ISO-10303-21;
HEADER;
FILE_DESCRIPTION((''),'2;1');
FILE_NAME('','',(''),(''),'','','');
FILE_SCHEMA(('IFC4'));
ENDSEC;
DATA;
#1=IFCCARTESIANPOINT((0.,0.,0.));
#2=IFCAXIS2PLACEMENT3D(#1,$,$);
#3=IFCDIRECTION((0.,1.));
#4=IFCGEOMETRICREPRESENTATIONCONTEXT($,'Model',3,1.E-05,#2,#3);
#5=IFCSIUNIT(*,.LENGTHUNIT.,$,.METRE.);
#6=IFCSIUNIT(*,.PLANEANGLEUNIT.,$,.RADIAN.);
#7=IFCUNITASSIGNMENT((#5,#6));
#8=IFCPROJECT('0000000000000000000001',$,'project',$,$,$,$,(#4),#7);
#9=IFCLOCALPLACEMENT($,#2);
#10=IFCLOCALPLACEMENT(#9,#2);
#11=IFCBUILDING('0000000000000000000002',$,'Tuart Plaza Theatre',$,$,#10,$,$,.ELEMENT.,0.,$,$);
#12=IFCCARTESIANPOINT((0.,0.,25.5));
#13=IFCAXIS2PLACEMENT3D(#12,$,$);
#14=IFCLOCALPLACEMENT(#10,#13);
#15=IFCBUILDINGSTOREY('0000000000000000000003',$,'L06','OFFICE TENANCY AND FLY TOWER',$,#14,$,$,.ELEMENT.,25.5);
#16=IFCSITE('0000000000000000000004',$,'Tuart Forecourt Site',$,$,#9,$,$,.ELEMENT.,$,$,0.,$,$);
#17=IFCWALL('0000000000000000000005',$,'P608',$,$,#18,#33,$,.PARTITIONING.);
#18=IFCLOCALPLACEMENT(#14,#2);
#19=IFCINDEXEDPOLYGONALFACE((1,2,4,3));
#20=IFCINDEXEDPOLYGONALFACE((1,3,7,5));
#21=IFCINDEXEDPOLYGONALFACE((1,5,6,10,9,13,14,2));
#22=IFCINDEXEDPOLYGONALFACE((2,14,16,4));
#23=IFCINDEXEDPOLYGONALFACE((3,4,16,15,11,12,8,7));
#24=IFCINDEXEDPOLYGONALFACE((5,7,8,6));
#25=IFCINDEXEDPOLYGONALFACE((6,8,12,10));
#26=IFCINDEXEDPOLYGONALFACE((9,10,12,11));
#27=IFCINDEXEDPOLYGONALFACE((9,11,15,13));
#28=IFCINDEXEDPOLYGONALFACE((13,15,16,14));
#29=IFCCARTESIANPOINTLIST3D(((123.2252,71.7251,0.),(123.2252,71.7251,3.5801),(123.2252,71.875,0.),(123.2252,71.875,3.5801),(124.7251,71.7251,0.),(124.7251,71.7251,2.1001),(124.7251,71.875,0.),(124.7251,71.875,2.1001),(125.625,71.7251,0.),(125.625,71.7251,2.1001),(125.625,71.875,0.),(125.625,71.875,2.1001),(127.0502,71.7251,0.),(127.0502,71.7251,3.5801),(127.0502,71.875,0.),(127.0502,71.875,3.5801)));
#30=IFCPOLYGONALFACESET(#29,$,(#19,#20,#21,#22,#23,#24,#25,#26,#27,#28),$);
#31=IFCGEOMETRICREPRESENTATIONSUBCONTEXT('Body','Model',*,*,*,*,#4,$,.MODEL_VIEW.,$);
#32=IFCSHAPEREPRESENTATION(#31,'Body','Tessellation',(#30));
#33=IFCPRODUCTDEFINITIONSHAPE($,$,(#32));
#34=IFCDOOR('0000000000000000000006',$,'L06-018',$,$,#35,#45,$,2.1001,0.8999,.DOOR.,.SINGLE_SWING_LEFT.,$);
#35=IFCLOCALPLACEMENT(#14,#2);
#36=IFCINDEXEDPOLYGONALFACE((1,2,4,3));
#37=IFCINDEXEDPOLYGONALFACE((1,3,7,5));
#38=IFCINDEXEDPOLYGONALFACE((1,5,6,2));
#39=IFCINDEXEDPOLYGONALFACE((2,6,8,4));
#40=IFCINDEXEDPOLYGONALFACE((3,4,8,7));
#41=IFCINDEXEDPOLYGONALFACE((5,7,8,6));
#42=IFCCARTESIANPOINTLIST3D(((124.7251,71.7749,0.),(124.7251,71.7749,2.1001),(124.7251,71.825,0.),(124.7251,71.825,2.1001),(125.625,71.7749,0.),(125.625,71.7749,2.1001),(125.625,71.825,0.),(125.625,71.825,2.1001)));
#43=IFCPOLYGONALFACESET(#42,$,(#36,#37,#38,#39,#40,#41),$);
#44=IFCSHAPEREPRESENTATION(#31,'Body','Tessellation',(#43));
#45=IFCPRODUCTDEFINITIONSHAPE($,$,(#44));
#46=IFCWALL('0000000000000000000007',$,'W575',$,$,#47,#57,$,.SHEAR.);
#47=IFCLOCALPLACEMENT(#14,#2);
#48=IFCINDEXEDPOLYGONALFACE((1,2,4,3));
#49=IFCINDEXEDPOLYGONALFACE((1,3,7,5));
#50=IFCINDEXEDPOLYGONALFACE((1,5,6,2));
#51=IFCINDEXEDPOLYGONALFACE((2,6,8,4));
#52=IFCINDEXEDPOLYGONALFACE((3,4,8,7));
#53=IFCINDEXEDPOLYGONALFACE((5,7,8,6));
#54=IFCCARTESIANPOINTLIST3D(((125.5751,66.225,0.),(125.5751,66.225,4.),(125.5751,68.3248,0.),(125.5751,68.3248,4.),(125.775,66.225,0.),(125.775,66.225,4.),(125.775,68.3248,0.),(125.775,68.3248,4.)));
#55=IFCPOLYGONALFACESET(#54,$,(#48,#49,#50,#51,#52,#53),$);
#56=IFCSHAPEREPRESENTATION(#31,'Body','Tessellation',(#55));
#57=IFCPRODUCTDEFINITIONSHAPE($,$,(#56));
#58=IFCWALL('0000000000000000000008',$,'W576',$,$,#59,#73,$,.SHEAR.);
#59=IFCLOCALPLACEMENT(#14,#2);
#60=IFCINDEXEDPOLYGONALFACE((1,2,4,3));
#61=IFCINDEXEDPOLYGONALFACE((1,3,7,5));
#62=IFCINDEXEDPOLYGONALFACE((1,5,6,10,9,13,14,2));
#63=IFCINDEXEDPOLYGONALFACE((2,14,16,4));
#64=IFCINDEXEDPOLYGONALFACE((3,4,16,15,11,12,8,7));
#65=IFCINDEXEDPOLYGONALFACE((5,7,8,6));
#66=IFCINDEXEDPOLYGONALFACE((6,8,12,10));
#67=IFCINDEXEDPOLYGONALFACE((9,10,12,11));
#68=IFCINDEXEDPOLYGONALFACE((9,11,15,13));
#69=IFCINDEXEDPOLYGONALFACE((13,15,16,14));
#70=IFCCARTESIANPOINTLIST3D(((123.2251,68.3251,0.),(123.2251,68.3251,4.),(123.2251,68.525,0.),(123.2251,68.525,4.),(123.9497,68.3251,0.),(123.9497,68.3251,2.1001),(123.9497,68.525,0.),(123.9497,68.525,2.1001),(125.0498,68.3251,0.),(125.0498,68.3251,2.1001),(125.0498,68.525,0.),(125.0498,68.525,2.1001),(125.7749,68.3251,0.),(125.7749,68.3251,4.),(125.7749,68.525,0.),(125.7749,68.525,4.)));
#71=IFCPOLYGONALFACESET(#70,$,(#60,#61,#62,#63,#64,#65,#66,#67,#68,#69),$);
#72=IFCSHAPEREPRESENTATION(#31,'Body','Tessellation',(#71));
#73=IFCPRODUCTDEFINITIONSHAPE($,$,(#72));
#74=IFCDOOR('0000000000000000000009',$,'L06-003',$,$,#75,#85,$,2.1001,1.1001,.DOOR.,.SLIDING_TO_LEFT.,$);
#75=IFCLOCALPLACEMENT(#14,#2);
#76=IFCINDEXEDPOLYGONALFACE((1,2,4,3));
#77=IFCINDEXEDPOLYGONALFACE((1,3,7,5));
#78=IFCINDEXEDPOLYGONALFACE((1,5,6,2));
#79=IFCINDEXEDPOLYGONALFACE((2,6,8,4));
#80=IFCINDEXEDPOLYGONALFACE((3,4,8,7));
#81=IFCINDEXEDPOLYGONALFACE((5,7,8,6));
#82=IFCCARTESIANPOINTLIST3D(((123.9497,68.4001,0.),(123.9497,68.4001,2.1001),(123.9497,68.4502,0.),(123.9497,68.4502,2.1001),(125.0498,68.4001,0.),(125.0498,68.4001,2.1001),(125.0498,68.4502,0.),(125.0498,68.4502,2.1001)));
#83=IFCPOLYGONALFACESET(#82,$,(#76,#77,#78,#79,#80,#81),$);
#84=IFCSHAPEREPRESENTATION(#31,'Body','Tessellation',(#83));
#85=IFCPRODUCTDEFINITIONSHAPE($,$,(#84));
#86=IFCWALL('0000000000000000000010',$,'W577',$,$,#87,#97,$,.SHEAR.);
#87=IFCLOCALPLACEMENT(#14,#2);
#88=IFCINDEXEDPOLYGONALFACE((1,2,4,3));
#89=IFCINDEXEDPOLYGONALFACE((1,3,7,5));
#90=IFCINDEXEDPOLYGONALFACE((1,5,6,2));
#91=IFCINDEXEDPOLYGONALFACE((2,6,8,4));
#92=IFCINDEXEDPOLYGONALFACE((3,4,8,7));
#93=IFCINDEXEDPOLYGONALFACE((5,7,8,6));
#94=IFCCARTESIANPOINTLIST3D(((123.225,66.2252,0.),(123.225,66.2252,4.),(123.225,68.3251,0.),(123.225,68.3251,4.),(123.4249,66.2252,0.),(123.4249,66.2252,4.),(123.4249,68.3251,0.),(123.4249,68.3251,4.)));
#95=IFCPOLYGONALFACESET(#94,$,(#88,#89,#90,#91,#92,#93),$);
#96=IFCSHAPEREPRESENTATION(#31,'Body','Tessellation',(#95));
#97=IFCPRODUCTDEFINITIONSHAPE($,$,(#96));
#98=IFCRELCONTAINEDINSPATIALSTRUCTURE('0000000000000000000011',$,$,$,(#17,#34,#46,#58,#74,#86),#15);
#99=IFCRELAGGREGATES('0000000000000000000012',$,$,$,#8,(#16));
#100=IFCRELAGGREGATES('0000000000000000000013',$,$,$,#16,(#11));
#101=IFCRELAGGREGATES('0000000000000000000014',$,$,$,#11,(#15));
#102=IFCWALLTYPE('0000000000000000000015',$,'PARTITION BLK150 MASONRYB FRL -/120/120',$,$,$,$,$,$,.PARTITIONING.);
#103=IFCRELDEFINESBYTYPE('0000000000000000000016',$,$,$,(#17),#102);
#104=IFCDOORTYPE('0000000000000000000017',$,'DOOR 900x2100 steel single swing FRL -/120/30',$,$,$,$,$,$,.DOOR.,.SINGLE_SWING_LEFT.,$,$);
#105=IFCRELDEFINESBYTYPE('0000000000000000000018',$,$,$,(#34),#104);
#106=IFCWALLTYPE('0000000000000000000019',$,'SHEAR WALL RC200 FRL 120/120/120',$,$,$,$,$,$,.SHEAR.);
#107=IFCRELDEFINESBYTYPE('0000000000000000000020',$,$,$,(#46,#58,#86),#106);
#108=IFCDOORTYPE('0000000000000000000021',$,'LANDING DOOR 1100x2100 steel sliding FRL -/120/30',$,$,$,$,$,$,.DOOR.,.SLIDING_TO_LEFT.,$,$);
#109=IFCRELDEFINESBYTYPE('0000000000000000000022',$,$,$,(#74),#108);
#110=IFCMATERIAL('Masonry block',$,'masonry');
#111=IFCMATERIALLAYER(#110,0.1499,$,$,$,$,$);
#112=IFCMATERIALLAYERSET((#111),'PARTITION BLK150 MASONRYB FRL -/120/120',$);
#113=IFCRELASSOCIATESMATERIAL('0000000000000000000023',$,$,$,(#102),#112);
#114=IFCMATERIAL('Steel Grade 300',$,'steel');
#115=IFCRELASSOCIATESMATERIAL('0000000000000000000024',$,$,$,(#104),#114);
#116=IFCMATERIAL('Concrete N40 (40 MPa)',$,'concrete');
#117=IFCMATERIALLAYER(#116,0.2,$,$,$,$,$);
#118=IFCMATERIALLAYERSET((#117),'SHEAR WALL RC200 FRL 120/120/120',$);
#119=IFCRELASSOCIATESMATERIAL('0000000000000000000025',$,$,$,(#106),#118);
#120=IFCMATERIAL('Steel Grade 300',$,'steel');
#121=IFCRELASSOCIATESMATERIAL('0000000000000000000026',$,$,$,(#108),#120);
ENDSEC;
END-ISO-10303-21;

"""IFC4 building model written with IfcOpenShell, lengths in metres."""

from ifc_helpers import new_model, si_unit, direction, frame, frame_2d, origin, place, context, subcontext, project, spatial, rectangle, extrude, material, layer, layer_set, type_object, element, fill, save


model = new_model("IFC4")

# Units and contexts
model_context = context("Model", 3, precision=1e-05, world=origin(), true_north=direction((0.0, 1.0)))
body_context = subcontext(model_context, "Body", "Model", "MODEL_VIEW")
ifc_project = project(units=[si_unit("LENGTHUNIT", "METRE"), si_unit("PLANEANGLEUNIT", "RADIAN")], contexts=[model_context])

# Site, building, storey
site_placement = place(None, origin())
site = spatial("IfcSite", under=ifc_project, at=site_placement, Name="Tuart Forecourt Site", CompositionType="ELEMENT", RefElevation=0.0)
building_placement = place(site_placement, origin())
building = spatial("IfcBuilding", under=site, at=building_placement, Name="Tuart Plaza Theatre", CompositionType="ELEMENT", ElevationOfRefHeight=0.0)
storey_placement = place(building_placement, frame((0.0, 0.0, 25.5)))
storey = spatial("IfcBuildingStorey", under=building, at=storey_placement, Name="L06", Description="OFFICE TENANCY AND FLY TOWER", CompositionType="ELEMENT", Elevation=25.5)

# Wall, opening, door
ifc_material_1 = material(Name="Masonry block", Category="masonry")
ifc_layer_1 = layer(ifc_material_1, 0.1499)
ifc_layer_set_1 = layer_set([ifc_layer_1], Name="PARTITION BLK150 MASONRYB FRL -/120/120")
wall_type_1 = type_object("IfcWallType", Name="PARTITION BLK150 MASONRYB FRL -/120/120", PredefinedType="PARTITIONING", material=ifc_layer_set_1)
wall_1_placement = place(storey_placement, frame((123.2251, 71.8, 0.0), z_axis=(0.0, 0.0, 1.0), x_axis=(1.0, 0.0, 0.0)))
wall_1 = element("IfcWall", 1, at=wall_1_placement, inside=storey, type_object=wall_type_1, Name="P608", PredefinedType="PARTITIONING", context=body_context, shape_type="SweptSolid", body=[
    extrude(rectangle(XDim=3.825, YDim=0.1499, at=frame_2d((1.9126, 0.0))), origin(), (0.0, 0.0, 1.0), 3.5801),
])
opening_1_placement = place(wall_1_placement, frame((1.5, 0.0, 0.0)))
opening_1 = element("IfcOpeningElement", 2, at=opening_1_placement, cuts=wall_1, PredefinedType="OPENING", context=body_context, shape_type="SweptSolid", body=[
    extrude(rectangle(XDim=0.8999, YDim=2.1001, at=frame_2d((0.45, 1.05))), frame((0.0, 0.085, 0.0), z_axis=(0.0, -1.0, 0.0), x_axis=(1.0, 0.0, 0.0)), (0.0, 0.0, 1.0), 0.1699),
])
ifc_material_2 = material(Name="Steel Grade 300", Category="steel")
door_type_1 = type_object("IfcDoorType", Name="DOOR 900x2100 steel single swing FRL -/120/30", OperationType="SINGLE_SWING_LEFT", PredefinedType="DOOR", material=ifc_material_2)
door_1_placement = place(opening_1_placement, origin())
door_1 = element("IfcDoor", 3, at=door_1_placement, inside=storey, type_object=door_type_1, Name="L06-018", OperationType="SINGLE_SWING_LEFT", OverallHeight=2.1001, OverallWidth=0.8999, PredefinedType="DOOR", context=body_context, shape_type="SweptSolid", body=[
    extrude(rectangle(XDim=0.8999, YDim=2.1001, at=frame_2d((0.45, 1.05))), frame((0.0, 0.0249, 0.0), z_axis=(0.0, -1.0, 0.0), x_axis=(1.0, 0.0, 0.0)), (0.0, 0.0, 1.0), 0.05),
])
fill(opening_1, door_1)

# Wall
ifc_material_3 = material(Name="Concrete N40 (40 MPa)", Category="concrete")
ifc_layer_2 = layer(ifc_material_3, 0.2)
ifc_layer_set_2 = layer_set([ifc_layer_2], Name="SHEAR WALL RC200 FRL 120/120/120")
wall_type_2 = type_object("IfcWallType", Name="SHEAR WALL RC200 FRL 120/120/120", PredefinedType="SHEAR", material=ifc_layer_set_2)
wall_2_placement = place(storey_placement, frame((125.675, 66.2251, 0.0), z_axis=(0.0, 0.0, 1.0), x_axis=(0.0, 1.0, 0.0)))
element("IfcWall", 4, at=wall_2_placement, inside=storey, type_object=wall_type_2, Name="W575", PredefinedType="SHEAR", context=body_context, shape_type="SweptSolid", body=[
    extrude(rectangle(XDim=2.0999, YDim=0.2, at=frame_2d((1.0498, 0.0))), origin(), (0.0, 0.0, 1.0), 4.0),
])

# Wall, opening, door
wall_3_placement = place(storey_placement, frame((125.7749, 68.425, 0.0), z_axis=(0.0, 0.0, 1.0), x_axis=(-1.0, 0.0, 0.0)))
wall_3 = element("IfcWall", 5, at=wall_3_placement, inside=storey, type_object=wall_type_2, Name="W576", PredefinedType="SHEAR", context=body_context, shape_type="SweptSolid", body=[
    extrude(rectangle(XDim=2.5498, YDim=0.2, at=frame_2d((1.2749, 0.0))), origin(), (0.0, 0.0, 1.0), 4.0),
])
opening_2_placement = place(wall_3_placement, frame((0.7251, 0.0, 0.0)))
opening_2 = element("IfcOpeningElement", 6, at=opening_2_placement, cuts=wall_3, PredefinedType="OPENING", context=body_context, shape_type="SweptSolid", body=[
    extrude(rectangle(XDim=1.1001, YDim=2.1001, at=frame_2d((0.55, 1.05))), frame((0.0, 0.1099, 0.0), z_axis=(0.0, -1.0, 0.0), x_axis=(1.0, 0.0, 0.0)), (0.0, 0.0, 1.0), 0.22),
])
ifc_material_4 = material(Name="Steel Grade 300", Category="steel")
door_type_2 = type_object("IfcDoorType", Name="LANDING DOOR 1100x2100 steel sliding FRL -/120/30", OperationType="SLIDING_TO_LEFT", PredefinedType="DOOR", material=ifc_material_4)
door_2_placement = place(opening_2_placement, origin())
door_2 = element("IfcDoor", 7, at=door_2_placement, inside=storey, type_object=door_type_2, Name="L06-003", OperationType="SLIDING_TO_LEFT", OverallHeight=2.1001, OverallWidth=1.1001, PredefinedType="DOOR", context=body_context, shape_type="SweptSolid", body=[
    extrude(rectangle(XDim=1.1001, YDim=2.1001, at=frame_2d((0.55, 1.05))), frame((0.0, 0.0249, 0.0), z_axis=(0.0, -1.0, 0.0), x_axis=(1.0, 0.0, 0.0)), (0.0, 0.0, 1.0), 0.05),
])
fill(opening_2, door_2)

# Wall
wall_4_placement = place(storey_placement, frame((123.325, 68.325, 0.0), z_axis=(0.0, 0.0, 1.0), x_axis=(0.0, -1.0, 0.0)))
element("IfcWall", 8, at=wall_4_placement, inside=storey, type_object=wall_type_2, Name="W577", PredefinedType="SHEAR", context=body_context, shape_type="SweptSolid", body=[
    extrude(rectangle(XDim=2.0999, YDim=0.2, at=frame_2d((1.0498, 0.0))), origin(), (0.0, 0.0, 1.0), 4.0),
])

save(model, "model.ifc")
